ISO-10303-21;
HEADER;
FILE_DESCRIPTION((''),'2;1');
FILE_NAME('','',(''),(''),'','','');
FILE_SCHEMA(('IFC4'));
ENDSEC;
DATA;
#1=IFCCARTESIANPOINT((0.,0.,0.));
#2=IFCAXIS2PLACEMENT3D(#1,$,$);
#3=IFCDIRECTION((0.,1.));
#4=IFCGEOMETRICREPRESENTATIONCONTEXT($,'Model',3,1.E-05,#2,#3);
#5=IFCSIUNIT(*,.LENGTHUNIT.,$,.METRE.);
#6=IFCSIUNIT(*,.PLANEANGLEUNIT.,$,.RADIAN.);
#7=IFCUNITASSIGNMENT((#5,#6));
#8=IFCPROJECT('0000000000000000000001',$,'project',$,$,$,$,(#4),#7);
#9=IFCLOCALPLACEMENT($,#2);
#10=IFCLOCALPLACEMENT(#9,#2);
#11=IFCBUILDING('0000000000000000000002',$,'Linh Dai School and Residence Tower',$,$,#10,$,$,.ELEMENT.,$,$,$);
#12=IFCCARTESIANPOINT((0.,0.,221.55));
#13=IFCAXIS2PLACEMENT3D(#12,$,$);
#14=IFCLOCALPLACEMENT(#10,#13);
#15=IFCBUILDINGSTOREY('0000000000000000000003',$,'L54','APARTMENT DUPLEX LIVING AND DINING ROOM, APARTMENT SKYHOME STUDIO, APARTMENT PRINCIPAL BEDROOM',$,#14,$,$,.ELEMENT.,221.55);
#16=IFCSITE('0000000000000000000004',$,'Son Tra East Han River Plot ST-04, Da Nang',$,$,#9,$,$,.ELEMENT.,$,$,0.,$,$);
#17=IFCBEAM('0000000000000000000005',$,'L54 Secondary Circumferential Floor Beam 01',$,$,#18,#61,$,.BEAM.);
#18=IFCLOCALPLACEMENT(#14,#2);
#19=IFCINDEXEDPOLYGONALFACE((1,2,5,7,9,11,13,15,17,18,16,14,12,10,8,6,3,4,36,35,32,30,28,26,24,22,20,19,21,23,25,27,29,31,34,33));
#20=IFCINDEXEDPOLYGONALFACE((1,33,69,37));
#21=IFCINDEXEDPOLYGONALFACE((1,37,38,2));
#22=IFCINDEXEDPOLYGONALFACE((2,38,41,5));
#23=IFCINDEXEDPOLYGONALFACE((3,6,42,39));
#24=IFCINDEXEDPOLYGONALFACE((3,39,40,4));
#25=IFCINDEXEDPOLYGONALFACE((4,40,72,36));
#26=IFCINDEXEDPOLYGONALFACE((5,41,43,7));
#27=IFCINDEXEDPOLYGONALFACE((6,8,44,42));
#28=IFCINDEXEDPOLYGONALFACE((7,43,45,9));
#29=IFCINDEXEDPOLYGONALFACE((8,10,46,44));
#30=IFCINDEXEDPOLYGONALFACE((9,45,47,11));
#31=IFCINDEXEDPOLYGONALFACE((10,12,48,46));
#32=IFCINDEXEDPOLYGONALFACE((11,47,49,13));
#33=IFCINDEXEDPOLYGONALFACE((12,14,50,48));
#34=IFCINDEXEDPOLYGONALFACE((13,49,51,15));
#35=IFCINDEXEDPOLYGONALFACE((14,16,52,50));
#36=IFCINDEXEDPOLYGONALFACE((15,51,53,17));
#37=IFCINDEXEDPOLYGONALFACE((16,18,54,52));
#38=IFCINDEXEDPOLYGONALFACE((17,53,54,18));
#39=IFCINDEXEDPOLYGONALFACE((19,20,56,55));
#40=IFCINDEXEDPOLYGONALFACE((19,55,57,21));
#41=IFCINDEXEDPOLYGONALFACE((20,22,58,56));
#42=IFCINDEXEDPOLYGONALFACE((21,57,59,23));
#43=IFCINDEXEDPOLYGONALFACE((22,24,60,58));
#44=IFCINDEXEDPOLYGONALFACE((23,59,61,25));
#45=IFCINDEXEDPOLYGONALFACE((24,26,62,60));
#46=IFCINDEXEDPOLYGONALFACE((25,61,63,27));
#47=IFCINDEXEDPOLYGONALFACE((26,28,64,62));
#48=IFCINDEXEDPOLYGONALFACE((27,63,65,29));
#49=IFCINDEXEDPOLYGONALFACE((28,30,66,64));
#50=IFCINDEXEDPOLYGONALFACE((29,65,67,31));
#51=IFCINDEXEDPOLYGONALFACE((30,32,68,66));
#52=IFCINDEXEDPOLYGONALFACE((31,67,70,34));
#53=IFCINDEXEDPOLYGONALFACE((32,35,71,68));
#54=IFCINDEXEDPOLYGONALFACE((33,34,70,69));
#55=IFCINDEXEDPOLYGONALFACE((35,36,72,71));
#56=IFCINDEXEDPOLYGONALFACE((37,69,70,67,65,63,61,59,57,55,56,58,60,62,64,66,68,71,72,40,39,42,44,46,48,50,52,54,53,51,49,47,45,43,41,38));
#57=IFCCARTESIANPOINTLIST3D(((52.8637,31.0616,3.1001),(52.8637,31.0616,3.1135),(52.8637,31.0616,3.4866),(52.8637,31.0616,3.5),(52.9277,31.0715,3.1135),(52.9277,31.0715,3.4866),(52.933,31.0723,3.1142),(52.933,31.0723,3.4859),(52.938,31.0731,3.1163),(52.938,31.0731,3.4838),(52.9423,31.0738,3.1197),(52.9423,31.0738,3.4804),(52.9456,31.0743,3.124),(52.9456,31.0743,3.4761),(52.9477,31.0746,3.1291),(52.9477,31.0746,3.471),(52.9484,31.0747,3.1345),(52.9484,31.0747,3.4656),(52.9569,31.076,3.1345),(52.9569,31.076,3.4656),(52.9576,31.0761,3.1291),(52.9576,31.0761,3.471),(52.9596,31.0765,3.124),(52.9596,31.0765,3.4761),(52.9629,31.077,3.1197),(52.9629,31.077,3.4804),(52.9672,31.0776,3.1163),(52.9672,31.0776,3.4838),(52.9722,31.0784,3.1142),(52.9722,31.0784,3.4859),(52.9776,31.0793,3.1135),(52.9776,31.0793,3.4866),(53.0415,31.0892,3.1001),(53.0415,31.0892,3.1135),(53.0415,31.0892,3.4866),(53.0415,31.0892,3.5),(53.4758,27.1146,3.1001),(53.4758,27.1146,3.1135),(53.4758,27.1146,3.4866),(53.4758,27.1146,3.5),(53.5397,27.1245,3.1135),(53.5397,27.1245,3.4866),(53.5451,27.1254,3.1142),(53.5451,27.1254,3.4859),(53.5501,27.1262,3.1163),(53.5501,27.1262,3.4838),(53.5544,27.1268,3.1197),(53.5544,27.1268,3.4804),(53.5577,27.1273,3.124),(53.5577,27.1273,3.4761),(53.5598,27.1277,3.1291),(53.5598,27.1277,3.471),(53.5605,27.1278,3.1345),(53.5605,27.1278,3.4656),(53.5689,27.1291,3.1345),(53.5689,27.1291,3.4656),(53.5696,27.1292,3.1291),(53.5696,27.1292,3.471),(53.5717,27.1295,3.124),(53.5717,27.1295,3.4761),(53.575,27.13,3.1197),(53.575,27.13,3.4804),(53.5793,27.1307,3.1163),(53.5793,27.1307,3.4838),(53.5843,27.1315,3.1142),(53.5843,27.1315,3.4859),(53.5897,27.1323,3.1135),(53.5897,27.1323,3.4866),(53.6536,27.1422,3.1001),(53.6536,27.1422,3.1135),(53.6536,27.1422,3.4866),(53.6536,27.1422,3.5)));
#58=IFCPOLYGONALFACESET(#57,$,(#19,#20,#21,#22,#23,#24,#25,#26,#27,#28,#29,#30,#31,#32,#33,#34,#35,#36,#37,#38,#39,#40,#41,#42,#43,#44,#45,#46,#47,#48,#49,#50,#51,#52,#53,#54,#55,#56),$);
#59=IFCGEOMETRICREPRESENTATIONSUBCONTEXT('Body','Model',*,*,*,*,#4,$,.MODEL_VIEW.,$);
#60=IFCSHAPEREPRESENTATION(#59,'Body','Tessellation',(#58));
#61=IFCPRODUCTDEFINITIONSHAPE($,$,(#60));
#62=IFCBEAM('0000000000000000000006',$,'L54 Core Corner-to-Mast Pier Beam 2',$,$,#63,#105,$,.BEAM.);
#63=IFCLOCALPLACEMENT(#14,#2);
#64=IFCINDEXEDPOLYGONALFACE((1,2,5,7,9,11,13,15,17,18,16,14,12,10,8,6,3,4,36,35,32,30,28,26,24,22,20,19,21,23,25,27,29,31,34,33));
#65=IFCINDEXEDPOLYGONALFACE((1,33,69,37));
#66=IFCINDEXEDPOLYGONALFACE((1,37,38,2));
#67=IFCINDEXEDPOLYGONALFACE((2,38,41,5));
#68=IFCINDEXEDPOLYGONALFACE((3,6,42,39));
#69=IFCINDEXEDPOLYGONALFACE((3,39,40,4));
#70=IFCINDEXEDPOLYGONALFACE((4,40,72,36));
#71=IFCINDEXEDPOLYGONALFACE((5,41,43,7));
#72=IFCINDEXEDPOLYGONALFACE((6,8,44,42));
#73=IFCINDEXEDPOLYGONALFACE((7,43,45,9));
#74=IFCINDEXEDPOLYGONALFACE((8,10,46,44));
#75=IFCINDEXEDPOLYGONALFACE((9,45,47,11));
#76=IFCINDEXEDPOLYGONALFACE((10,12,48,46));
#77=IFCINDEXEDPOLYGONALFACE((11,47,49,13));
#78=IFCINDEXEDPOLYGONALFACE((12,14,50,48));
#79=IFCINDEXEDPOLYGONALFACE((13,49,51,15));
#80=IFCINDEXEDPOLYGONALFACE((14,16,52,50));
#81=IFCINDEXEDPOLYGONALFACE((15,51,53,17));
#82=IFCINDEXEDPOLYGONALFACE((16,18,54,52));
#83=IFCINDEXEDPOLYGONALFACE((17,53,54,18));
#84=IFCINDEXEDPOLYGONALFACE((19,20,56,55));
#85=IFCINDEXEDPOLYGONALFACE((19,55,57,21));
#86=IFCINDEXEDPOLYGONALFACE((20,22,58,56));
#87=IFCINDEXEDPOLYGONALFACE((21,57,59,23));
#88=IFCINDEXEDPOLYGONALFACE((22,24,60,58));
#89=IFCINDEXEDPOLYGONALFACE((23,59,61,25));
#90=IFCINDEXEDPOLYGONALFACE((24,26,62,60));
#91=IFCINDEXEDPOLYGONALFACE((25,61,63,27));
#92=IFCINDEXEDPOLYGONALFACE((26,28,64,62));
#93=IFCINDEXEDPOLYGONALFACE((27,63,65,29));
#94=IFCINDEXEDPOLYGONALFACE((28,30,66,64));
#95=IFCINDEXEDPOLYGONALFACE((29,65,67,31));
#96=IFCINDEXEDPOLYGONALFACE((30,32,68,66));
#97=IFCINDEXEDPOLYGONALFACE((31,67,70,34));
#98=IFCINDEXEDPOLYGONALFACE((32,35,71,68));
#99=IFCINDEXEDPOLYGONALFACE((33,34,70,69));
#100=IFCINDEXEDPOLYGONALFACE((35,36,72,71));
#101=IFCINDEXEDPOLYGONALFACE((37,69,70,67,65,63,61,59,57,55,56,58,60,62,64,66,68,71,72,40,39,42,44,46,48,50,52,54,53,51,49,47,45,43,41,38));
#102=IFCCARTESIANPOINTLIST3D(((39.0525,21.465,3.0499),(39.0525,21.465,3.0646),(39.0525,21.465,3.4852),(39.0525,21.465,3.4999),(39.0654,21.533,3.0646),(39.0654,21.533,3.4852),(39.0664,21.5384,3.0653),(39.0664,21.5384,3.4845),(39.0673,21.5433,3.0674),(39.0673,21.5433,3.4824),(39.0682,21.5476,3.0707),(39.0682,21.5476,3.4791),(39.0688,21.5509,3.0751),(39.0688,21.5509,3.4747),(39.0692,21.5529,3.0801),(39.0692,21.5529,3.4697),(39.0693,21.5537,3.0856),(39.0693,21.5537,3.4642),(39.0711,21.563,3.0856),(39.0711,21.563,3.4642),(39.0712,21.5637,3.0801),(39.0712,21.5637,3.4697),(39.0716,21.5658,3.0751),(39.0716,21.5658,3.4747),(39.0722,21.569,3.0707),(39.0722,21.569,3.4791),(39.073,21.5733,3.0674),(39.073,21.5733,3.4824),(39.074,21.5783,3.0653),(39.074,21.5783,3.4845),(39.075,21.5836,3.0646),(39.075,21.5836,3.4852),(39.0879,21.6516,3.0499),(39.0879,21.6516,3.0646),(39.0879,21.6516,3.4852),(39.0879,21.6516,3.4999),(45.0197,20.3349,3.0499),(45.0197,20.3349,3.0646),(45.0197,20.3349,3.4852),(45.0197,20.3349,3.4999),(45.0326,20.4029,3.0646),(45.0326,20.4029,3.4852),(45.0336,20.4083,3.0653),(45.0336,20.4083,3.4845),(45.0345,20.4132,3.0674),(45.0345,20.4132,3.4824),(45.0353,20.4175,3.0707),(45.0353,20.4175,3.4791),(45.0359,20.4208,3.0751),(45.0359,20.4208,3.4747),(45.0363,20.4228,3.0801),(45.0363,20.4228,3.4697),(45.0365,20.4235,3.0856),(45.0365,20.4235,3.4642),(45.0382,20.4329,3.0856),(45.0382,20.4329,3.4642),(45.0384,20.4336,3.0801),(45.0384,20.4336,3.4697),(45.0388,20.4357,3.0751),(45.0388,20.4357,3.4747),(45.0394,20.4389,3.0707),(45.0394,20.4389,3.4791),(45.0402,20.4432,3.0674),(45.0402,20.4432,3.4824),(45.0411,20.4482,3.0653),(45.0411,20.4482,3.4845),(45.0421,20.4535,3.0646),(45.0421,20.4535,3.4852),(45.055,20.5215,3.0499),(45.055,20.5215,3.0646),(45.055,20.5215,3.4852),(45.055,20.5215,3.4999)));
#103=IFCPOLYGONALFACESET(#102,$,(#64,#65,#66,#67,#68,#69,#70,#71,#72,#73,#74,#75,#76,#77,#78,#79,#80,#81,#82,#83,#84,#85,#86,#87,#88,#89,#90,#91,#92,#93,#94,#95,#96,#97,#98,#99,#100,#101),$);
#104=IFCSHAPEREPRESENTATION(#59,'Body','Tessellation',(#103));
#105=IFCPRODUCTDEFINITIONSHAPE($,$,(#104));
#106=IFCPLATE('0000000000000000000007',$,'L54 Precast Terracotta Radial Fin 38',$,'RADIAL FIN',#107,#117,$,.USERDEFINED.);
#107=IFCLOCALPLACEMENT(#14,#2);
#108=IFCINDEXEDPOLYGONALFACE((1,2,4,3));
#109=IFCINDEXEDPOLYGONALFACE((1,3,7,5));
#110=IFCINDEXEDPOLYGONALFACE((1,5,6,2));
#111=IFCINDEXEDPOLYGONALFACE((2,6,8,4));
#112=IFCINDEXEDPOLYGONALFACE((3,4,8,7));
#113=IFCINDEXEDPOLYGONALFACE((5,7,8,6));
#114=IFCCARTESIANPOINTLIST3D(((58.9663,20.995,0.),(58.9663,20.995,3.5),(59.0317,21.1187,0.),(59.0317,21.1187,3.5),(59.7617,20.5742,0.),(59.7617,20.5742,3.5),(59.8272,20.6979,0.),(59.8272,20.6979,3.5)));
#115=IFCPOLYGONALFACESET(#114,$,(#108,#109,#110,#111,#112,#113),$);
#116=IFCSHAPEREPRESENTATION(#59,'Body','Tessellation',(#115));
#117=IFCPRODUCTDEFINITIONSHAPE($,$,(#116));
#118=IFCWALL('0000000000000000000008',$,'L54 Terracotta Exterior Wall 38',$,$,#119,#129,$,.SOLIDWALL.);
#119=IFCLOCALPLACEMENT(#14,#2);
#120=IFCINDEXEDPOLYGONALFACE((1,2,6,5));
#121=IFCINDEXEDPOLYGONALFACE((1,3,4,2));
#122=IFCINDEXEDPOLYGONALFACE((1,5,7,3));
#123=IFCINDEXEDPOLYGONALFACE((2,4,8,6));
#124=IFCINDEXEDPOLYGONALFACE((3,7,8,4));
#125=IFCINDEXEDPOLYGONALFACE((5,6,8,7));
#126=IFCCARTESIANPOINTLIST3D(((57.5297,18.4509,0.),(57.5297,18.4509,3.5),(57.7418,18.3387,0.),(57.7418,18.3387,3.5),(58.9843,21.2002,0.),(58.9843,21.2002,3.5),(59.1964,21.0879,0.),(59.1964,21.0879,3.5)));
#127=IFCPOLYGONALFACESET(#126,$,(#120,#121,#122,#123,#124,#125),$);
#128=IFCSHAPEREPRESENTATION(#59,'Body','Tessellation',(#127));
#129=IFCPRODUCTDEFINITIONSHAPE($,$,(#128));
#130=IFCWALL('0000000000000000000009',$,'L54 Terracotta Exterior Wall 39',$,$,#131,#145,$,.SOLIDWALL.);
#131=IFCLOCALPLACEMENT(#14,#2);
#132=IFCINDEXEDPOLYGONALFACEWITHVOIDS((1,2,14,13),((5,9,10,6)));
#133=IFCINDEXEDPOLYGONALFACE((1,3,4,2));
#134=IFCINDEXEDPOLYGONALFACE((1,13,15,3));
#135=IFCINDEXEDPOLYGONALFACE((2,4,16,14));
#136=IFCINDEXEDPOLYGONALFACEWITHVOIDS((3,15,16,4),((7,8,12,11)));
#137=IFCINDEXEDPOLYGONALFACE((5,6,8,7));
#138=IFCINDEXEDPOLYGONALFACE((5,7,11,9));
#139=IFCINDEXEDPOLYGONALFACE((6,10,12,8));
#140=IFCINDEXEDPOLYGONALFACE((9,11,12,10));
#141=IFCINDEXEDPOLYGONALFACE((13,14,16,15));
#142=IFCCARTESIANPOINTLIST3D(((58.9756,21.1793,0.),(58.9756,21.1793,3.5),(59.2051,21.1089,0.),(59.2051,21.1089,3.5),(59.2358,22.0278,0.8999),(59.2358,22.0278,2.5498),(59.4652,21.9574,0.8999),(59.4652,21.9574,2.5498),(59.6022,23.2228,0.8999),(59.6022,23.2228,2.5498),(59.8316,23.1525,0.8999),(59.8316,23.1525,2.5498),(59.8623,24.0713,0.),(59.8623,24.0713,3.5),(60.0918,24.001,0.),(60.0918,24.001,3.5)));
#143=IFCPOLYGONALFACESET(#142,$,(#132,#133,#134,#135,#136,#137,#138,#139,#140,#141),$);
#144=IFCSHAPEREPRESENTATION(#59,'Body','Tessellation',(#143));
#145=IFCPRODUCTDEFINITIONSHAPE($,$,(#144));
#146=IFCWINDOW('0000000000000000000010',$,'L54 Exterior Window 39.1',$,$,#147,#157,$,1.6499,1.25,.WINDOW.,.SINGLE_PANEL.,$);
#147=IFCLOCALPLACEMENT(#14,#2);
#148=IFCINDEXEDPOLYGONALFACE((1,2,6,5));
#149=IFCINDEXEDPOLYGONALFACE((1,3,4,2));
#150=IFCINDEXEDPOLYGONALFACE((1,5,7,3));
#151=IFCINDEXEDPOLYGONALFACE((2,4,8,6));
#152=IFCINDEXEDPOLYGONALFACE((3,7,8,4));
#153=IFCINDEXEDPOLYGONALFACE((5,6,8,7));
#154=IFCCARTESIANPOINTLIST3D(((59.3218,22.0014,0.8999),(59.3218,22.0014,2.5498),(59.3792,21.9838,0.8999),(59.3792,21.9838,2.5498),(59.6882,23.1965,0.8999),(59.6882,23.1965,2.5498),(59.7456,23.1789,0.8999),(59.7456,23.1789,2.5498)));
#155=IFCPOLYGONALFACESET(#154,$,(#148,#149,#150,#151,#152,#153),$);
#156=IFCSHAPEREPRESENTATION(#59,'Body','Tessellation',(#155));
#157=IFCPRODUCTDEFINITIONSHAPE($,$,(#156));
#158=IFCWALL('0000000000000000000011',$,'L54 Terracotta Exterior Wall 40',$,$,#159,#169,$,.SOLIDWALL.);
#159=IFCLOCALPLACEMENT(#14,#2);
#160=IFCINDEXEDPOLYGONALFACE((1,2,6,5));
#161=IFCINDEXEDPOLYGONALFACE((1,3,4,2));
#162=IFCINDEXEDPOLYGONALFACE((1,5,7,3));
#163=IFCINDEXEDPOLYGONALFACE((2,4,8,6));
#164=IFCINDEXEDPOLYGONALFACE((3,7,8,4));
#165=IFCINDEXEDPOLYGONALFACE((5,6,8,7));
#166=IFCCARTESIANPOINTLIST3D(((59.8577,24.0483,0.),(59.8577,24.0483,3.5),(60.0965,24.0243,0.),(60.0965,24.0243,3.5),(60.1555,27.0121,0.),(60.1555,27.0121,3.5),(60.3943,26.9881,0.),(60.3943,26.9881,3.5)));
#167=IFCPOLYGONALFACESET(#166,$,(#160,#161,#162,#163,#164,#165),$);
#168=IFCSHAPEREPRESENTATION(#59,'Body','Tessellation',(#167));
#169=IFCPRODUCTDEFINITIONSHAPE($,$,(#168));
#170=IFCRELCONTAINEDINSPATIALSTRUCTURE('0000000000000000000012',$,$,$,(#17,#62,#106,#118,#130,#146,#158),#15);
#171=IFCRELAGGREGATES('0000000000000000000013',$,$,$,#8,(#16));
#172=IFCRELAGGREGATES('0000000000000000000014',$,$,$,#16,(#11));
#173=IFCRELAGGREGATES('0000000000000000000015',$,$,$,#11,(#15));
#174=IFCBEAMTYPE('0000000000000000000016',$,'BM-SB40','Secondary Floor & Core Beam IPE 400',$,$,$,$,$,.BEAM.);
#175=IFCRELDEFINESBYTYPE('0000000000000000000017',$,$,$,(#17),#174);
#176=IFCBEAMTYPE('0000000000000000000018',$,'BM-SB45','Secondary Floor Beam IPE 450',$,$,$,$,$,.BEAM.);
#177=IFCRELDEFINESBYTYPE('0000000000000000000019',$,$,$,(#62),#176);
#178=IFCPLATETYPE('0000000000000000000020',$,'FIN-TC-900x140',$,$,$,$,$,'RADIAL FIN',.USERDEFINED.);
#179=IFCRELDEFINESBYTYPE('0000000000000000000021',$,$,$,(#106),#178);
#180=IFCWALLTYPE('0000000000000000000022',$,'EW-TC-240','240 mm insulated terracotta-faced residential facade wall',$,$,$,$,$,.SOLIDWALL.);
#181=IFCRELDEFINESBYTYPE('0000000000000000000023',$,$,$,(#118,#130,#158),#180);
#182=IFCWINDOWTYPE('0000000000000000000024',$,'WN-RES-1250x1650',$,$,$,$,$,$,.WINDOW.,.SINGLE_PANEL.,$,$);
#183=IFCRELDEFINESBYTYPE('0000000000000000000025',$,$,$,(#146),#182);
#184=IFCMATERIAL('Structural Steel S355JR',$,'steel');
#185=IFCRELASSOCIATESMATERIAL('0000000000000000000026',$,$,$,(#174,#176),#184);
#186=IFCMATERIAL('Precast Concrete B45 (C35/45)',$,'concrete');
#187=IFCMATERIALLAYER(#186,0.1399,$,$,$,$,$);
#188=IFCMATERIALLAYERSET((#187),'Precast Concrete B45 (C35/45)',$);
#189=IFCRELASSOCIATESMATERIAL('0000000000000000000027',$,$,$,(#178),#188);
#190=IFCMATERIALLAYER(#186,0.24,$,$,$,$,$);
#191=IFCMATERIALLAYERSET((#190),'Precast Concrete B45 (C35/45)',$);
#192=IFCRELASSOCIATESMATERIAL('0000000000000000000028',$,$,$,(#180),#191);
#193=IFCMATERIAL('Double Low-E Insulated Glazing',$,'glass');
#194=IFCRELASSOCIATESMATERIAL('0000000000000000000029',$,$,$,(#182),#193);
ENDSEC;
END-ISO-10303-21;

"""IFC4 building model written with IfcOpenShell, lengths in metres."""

from ifc_helpers import new_model, si_unit, direction, frame, frame_2d, origin, origin_2d, place, context, subcontext, project, spatial, rectangle, i_section, extrude, source, transform, mapped, material, layer, layer_set, material_profile, profile_set, type_object, element, fill, save


model = new_model("IFC4")

# Units and contexts
model_context = context("Model", 3, precision=1e-05, world=origin(), true_north=direction((0.0, 1.0)))
body_context = subcontext(model_context, "Body", "Model", "MODEL_VIEW")
ifc_project = project(units=[si_unit("LENGTHUNIT", "METRE"), si_unit("PLANEANGLEUNIT", "RADIAN")], contexts=[model_context])

# Site, building, storey
site_placement = place(None, origin())
site = spatial("IfcSite", under=ifc_project, at=site_placement, Name="Son Tra East Han River Plot ST-04, Da Nang", CompositionType="ELEMENT", RefElevation=0.0)
building_placement = place(site_placement, origin())
building = spatial("IfcBuilding", under=site, at=building_placement, Name="Linh Dai School and Residence Tower", CompositionType="ELEMENT")
storey_placement = place(building_placement, frame((0.0, 0.0, 221.55)))
storey = spatial("IfcBuildingStorey", under=building, at=storey_placement, Name="L54", Description="APARTMENT DUPLEX LIVING AND DINING ROOM, APARTMENT SKYHOME STUDIO, APARTMENT PRINCIPAL BEDROOM", CompositionType="ELEMENT", Elevation=221.55)

# Shared definitions
ifc_material_1 = material(Name="Structural Steel S355JR", Category="steel")

# Beams
ifc_material_profile_1 = material_profile(ifc_material_1, i_section(OverallWidth=0.1799, OverallDepth=0.3999, WebThickness=0.0085, FlangeThickness=0.0134, FilletRadius=0.021, at=origin_2d()), Name="IPE 400")
ifc_profile_set_1 = profile_set([ifc_material_profile_1], Name="Structural Steel S355JR")
beam_type_1 = type_object("IfcBeamType", Name="BM-SB40", Description="Secondary Floor & Core Beam IPE 400", PredefinedType="BEAM", material=ifc_profile_set_1)
beam_1_placement = place(storey_placement, frame((53.5647, 27.1284, 3.3), z_axis=(-0.153238, 0.988189, 0.0), x_axis=(-0.988189, -0.153238, 0.0)))
element("IfcBeam", 1, at=beam_1_placement, inside=storey, type_object=beam_type_1, Name="L54 Secondary Circumferential Floor Beam 01", PredefinedType="BEAM", context=body_context, shape_type="SweptSolid", body=[
    extrude(i_section(OverallWidth=0.1799, OverallDepth=0.3999, WebThickness=0.0085, FlangeThickness=0.0134, FilletRadius=0.021, at=origin_2d()), origin(), (0.0, 0.0, 1.0), 3.9941),
])
ifc_material_profile_2 = material_profile(ifc_material_1, i_section(OverallWidth=0.1899, OverallDepth=0.45, WebThickness=0.0095, FlangeThickness=0.0146, FilletRadius=0.021, at=origin_2d()), Name="IPE 450")
ifc_profile_set_2 = profile_set([ifc_material_profile_2], Name="Structural Steel S355JR")
beam_type_2 = type_object("IfcBeamType", Name="BM-SB45", Description="Secondary Floor Beam IPE 450", PredefinedType="BEAM", material=ifc_profile_set_2)
beam_2_placement = place(storey_placement, frame((45.0374, 20.4282, 3.2749), z_axis=(-0.982535, 0.186079, 0.0), x_axis=(-0.186079, -0.982535, 0.0)))
element("IfcBeam", 2, at=beam_2_placement, inside=storey, type_object=beam_type_2, Name="L54 Core Corner-to-Mast Pier Beam 2", PredefinedType="BEAM", context=body_context, shape_type="SweptSolid", body=[
    extrude(i_section(OverallWidth=0.1899, OverallDepth=0.45, WebThickness=0.0095, FlangeThickness=0.0146, FilletRadius=0.021, at=origin_2d()), origin(), (0.0, 0.0, 1.0), 6.0732),
])

# Plate
ifc_material_2 = material(Name="Precast Concrete B45 (C35/45)", Category="concrete")
ifc_layer_1 = layer(ifc_material_2, 0.1399)
ifc_layer_set_1 = layer_set([ifc_layer_1], Name="Precast Concrete B45 (C35/45)")
plate_type = type_object("IfcPlateType", Name="FIN-TC-900x140", ElementType="RADIAL FIN", PredefinedType="USERDEFINED", material=ifc_layer_set_1)
shared_shape_1 = source(origin(), body_context, "Body", "SweptSolid", [
    extrude(rectangle(XDim=0.8999, YDim=0.1399, at=origin_2d()), origin(), (0.0, 0.0, 1.0), 3.5),
])
plate_placement = place(storey_placement, frame((59.3967, 20.8464, 0.0), z_axis=(0.0, 0.0, 1.0), x_axis=(0.883929, -0.467621, 0.0)))
element("IfcPlate", 3, at=plate_placement, inside=storey, type_object=plate_type, Name="L54 Precast Terracotta Radial Fin 38", ObjectType="RADIAL FIN", PredefinedType="USERDEFINED", context=body_context, shape_type="MappedRepresentation", body=[
    mapped(shared_shape_1, transform((0.0, 0.0, 0.0), x_axis=(1.0, 0.0, 0.0), y_axis=(0.0, 1.0, 0.0), z_axis=(0.0, 0.0, 1.0), scale=1.0)),
])

# Wall
ifc_layer_2 = layer(ifc_material_2, 0.24)
ifc_layer_set_2 = layer_set([ifc_layer_2], Name="Precast Concrete B45 (C35/45)")
wall_type_1 = type_object("IfcWallType", Name="EW-TC-240", Description="240 mm insulated terracotta-faced residential facade wall", PredefinedType="SOLIDWALL", material=ifc_layer_set_2)
wall_1_placement = place(storey_placement, frame((59.0903, 21.144, 0.0), z_axis=(0.0, 0.0, 1.0), x_axis=(-0.46766, -0.883908, 0.0)))
element("IfcWall", 4, at=wall_1_placement, inside=storey, type_object=wall_type_1, Name="L54 Terracotta Exterior Wall 38", PredefinedType="SOLIDWALL", context=body_context, shape_type="SweptSolid", body=[
    extrude(rectangle(XDim=3.1104, YDim=0.24, at=frame_2d((1.5552, 0.0))), origin(), (0.0, 0.0, 1.0), 3.5),
])

# Wall, opening, window
wall_2_placement = place(storey_placement, frame((59.9771, 24.0361, 0.0), z_axis=(0.0, 0.0, 1.0), x_axis=(-0.293133, -0.956072, 0.0)))
wall_2 = element("IfcWall", 5, at=wall_2_placement, inside=storey, type_object=wall_type_1, Name="L54 Terracotta Exterior Wall 39", PredefinedType="SOLIDWALL", context=body_context, shape_type="SweptSolid", body=[
    extrude(rectangle(XDim=3.0249, YDim=0.24, at=frame_2d((1.5125, 0.0))), origin(), (0.0, 0.0, 1.0), 3.5),
])
opening_1_placement = place(wall_2_placement, frame((0.8875, 0.0, 0.8999)))
opening_1 = element("IfcOpeningElement", 6, at=opening_1_placement, cuts=wall_2, PredefinedType="OPENING", context=body_context, shape_type="SweptSolid", body=[
    extrude(rectangle(XDim=1.25, YDim=1.6499, at=origin_2d()), frame((0.625, 0.1299, 0.825), z_axis=(0.0, -1.0, 0.0), x_axis=(1.0, 0.0, 0.0)), (0.0, 0.0, 1.0), 0.26),
])
ifc_material_3 = material(Name="Double Low-E Insulated Glazing", Category="glass")
window_type = type_object("IfcWindowType", Name="WN-RES-1250x1650", PartitioningType="SINGLE_PANEL", PredefinedType="WINDOW", material=ifc_material_3)
shared_shape_2 = source(origin(), body_context, "Body", "SweptSolid", [
    extrude(rectangle(XDim=1.25, YDim=1.6499, at=origin_2d()), frame((0.625, 0.03, 0.825), z_axis=(0.0, -1.0, 0.0), x_axis=(1.0, 0.0, 0.0)), (0.0, 0.0, 1.0), 0.0601),
])
window_placement = place(opening_1_placement, origin())
window = element("IfcWindow", 7, at=window_placement, inside=storey, type_object=window_type, Name="L54 Exterior Window 39.1", OverallHeight=1.6499, OverallWidth=1.25, PartitioningType="SINGLE_PANEL", PredefinedType="WINDOW", context=body_context, shape_type="MappedRepresentation", body=[
    mapped(shared_shape_2, transform((0.0, 0.0, 0.0), x_axis=(1.0, 0.0, 0.0), y_axis=(0.0, 1.0, 0.0), z_axis=(0.0, 0.0, 1.0), scale=1.0)),
])
fill(opening_1, window)

# Wall
wall_3_placement = place(storey_placement, frame((60.2749, 27.0, 0.0), z_axis=(0.0, 0.0, 1.0), x_axis=(-0.099991, -0.994988, 0.0)))
element("IfcWall", 8, at=wall_3_placement, inside=storey, type_object=wall_type_1, Name="L54 Terracotta Exterior Wall 40", PredefinedType="SOLIDWALL", context=body_context, shape_type="SweptSolid", body=[
    extrude(rectangle(XDim=2.9788, YDim=0.24, at=frame_2d((1.4893, 0.0))), origin(), (0.0, 0.0, 1.0), 3.5),
])

save(model, "model.ifc")
